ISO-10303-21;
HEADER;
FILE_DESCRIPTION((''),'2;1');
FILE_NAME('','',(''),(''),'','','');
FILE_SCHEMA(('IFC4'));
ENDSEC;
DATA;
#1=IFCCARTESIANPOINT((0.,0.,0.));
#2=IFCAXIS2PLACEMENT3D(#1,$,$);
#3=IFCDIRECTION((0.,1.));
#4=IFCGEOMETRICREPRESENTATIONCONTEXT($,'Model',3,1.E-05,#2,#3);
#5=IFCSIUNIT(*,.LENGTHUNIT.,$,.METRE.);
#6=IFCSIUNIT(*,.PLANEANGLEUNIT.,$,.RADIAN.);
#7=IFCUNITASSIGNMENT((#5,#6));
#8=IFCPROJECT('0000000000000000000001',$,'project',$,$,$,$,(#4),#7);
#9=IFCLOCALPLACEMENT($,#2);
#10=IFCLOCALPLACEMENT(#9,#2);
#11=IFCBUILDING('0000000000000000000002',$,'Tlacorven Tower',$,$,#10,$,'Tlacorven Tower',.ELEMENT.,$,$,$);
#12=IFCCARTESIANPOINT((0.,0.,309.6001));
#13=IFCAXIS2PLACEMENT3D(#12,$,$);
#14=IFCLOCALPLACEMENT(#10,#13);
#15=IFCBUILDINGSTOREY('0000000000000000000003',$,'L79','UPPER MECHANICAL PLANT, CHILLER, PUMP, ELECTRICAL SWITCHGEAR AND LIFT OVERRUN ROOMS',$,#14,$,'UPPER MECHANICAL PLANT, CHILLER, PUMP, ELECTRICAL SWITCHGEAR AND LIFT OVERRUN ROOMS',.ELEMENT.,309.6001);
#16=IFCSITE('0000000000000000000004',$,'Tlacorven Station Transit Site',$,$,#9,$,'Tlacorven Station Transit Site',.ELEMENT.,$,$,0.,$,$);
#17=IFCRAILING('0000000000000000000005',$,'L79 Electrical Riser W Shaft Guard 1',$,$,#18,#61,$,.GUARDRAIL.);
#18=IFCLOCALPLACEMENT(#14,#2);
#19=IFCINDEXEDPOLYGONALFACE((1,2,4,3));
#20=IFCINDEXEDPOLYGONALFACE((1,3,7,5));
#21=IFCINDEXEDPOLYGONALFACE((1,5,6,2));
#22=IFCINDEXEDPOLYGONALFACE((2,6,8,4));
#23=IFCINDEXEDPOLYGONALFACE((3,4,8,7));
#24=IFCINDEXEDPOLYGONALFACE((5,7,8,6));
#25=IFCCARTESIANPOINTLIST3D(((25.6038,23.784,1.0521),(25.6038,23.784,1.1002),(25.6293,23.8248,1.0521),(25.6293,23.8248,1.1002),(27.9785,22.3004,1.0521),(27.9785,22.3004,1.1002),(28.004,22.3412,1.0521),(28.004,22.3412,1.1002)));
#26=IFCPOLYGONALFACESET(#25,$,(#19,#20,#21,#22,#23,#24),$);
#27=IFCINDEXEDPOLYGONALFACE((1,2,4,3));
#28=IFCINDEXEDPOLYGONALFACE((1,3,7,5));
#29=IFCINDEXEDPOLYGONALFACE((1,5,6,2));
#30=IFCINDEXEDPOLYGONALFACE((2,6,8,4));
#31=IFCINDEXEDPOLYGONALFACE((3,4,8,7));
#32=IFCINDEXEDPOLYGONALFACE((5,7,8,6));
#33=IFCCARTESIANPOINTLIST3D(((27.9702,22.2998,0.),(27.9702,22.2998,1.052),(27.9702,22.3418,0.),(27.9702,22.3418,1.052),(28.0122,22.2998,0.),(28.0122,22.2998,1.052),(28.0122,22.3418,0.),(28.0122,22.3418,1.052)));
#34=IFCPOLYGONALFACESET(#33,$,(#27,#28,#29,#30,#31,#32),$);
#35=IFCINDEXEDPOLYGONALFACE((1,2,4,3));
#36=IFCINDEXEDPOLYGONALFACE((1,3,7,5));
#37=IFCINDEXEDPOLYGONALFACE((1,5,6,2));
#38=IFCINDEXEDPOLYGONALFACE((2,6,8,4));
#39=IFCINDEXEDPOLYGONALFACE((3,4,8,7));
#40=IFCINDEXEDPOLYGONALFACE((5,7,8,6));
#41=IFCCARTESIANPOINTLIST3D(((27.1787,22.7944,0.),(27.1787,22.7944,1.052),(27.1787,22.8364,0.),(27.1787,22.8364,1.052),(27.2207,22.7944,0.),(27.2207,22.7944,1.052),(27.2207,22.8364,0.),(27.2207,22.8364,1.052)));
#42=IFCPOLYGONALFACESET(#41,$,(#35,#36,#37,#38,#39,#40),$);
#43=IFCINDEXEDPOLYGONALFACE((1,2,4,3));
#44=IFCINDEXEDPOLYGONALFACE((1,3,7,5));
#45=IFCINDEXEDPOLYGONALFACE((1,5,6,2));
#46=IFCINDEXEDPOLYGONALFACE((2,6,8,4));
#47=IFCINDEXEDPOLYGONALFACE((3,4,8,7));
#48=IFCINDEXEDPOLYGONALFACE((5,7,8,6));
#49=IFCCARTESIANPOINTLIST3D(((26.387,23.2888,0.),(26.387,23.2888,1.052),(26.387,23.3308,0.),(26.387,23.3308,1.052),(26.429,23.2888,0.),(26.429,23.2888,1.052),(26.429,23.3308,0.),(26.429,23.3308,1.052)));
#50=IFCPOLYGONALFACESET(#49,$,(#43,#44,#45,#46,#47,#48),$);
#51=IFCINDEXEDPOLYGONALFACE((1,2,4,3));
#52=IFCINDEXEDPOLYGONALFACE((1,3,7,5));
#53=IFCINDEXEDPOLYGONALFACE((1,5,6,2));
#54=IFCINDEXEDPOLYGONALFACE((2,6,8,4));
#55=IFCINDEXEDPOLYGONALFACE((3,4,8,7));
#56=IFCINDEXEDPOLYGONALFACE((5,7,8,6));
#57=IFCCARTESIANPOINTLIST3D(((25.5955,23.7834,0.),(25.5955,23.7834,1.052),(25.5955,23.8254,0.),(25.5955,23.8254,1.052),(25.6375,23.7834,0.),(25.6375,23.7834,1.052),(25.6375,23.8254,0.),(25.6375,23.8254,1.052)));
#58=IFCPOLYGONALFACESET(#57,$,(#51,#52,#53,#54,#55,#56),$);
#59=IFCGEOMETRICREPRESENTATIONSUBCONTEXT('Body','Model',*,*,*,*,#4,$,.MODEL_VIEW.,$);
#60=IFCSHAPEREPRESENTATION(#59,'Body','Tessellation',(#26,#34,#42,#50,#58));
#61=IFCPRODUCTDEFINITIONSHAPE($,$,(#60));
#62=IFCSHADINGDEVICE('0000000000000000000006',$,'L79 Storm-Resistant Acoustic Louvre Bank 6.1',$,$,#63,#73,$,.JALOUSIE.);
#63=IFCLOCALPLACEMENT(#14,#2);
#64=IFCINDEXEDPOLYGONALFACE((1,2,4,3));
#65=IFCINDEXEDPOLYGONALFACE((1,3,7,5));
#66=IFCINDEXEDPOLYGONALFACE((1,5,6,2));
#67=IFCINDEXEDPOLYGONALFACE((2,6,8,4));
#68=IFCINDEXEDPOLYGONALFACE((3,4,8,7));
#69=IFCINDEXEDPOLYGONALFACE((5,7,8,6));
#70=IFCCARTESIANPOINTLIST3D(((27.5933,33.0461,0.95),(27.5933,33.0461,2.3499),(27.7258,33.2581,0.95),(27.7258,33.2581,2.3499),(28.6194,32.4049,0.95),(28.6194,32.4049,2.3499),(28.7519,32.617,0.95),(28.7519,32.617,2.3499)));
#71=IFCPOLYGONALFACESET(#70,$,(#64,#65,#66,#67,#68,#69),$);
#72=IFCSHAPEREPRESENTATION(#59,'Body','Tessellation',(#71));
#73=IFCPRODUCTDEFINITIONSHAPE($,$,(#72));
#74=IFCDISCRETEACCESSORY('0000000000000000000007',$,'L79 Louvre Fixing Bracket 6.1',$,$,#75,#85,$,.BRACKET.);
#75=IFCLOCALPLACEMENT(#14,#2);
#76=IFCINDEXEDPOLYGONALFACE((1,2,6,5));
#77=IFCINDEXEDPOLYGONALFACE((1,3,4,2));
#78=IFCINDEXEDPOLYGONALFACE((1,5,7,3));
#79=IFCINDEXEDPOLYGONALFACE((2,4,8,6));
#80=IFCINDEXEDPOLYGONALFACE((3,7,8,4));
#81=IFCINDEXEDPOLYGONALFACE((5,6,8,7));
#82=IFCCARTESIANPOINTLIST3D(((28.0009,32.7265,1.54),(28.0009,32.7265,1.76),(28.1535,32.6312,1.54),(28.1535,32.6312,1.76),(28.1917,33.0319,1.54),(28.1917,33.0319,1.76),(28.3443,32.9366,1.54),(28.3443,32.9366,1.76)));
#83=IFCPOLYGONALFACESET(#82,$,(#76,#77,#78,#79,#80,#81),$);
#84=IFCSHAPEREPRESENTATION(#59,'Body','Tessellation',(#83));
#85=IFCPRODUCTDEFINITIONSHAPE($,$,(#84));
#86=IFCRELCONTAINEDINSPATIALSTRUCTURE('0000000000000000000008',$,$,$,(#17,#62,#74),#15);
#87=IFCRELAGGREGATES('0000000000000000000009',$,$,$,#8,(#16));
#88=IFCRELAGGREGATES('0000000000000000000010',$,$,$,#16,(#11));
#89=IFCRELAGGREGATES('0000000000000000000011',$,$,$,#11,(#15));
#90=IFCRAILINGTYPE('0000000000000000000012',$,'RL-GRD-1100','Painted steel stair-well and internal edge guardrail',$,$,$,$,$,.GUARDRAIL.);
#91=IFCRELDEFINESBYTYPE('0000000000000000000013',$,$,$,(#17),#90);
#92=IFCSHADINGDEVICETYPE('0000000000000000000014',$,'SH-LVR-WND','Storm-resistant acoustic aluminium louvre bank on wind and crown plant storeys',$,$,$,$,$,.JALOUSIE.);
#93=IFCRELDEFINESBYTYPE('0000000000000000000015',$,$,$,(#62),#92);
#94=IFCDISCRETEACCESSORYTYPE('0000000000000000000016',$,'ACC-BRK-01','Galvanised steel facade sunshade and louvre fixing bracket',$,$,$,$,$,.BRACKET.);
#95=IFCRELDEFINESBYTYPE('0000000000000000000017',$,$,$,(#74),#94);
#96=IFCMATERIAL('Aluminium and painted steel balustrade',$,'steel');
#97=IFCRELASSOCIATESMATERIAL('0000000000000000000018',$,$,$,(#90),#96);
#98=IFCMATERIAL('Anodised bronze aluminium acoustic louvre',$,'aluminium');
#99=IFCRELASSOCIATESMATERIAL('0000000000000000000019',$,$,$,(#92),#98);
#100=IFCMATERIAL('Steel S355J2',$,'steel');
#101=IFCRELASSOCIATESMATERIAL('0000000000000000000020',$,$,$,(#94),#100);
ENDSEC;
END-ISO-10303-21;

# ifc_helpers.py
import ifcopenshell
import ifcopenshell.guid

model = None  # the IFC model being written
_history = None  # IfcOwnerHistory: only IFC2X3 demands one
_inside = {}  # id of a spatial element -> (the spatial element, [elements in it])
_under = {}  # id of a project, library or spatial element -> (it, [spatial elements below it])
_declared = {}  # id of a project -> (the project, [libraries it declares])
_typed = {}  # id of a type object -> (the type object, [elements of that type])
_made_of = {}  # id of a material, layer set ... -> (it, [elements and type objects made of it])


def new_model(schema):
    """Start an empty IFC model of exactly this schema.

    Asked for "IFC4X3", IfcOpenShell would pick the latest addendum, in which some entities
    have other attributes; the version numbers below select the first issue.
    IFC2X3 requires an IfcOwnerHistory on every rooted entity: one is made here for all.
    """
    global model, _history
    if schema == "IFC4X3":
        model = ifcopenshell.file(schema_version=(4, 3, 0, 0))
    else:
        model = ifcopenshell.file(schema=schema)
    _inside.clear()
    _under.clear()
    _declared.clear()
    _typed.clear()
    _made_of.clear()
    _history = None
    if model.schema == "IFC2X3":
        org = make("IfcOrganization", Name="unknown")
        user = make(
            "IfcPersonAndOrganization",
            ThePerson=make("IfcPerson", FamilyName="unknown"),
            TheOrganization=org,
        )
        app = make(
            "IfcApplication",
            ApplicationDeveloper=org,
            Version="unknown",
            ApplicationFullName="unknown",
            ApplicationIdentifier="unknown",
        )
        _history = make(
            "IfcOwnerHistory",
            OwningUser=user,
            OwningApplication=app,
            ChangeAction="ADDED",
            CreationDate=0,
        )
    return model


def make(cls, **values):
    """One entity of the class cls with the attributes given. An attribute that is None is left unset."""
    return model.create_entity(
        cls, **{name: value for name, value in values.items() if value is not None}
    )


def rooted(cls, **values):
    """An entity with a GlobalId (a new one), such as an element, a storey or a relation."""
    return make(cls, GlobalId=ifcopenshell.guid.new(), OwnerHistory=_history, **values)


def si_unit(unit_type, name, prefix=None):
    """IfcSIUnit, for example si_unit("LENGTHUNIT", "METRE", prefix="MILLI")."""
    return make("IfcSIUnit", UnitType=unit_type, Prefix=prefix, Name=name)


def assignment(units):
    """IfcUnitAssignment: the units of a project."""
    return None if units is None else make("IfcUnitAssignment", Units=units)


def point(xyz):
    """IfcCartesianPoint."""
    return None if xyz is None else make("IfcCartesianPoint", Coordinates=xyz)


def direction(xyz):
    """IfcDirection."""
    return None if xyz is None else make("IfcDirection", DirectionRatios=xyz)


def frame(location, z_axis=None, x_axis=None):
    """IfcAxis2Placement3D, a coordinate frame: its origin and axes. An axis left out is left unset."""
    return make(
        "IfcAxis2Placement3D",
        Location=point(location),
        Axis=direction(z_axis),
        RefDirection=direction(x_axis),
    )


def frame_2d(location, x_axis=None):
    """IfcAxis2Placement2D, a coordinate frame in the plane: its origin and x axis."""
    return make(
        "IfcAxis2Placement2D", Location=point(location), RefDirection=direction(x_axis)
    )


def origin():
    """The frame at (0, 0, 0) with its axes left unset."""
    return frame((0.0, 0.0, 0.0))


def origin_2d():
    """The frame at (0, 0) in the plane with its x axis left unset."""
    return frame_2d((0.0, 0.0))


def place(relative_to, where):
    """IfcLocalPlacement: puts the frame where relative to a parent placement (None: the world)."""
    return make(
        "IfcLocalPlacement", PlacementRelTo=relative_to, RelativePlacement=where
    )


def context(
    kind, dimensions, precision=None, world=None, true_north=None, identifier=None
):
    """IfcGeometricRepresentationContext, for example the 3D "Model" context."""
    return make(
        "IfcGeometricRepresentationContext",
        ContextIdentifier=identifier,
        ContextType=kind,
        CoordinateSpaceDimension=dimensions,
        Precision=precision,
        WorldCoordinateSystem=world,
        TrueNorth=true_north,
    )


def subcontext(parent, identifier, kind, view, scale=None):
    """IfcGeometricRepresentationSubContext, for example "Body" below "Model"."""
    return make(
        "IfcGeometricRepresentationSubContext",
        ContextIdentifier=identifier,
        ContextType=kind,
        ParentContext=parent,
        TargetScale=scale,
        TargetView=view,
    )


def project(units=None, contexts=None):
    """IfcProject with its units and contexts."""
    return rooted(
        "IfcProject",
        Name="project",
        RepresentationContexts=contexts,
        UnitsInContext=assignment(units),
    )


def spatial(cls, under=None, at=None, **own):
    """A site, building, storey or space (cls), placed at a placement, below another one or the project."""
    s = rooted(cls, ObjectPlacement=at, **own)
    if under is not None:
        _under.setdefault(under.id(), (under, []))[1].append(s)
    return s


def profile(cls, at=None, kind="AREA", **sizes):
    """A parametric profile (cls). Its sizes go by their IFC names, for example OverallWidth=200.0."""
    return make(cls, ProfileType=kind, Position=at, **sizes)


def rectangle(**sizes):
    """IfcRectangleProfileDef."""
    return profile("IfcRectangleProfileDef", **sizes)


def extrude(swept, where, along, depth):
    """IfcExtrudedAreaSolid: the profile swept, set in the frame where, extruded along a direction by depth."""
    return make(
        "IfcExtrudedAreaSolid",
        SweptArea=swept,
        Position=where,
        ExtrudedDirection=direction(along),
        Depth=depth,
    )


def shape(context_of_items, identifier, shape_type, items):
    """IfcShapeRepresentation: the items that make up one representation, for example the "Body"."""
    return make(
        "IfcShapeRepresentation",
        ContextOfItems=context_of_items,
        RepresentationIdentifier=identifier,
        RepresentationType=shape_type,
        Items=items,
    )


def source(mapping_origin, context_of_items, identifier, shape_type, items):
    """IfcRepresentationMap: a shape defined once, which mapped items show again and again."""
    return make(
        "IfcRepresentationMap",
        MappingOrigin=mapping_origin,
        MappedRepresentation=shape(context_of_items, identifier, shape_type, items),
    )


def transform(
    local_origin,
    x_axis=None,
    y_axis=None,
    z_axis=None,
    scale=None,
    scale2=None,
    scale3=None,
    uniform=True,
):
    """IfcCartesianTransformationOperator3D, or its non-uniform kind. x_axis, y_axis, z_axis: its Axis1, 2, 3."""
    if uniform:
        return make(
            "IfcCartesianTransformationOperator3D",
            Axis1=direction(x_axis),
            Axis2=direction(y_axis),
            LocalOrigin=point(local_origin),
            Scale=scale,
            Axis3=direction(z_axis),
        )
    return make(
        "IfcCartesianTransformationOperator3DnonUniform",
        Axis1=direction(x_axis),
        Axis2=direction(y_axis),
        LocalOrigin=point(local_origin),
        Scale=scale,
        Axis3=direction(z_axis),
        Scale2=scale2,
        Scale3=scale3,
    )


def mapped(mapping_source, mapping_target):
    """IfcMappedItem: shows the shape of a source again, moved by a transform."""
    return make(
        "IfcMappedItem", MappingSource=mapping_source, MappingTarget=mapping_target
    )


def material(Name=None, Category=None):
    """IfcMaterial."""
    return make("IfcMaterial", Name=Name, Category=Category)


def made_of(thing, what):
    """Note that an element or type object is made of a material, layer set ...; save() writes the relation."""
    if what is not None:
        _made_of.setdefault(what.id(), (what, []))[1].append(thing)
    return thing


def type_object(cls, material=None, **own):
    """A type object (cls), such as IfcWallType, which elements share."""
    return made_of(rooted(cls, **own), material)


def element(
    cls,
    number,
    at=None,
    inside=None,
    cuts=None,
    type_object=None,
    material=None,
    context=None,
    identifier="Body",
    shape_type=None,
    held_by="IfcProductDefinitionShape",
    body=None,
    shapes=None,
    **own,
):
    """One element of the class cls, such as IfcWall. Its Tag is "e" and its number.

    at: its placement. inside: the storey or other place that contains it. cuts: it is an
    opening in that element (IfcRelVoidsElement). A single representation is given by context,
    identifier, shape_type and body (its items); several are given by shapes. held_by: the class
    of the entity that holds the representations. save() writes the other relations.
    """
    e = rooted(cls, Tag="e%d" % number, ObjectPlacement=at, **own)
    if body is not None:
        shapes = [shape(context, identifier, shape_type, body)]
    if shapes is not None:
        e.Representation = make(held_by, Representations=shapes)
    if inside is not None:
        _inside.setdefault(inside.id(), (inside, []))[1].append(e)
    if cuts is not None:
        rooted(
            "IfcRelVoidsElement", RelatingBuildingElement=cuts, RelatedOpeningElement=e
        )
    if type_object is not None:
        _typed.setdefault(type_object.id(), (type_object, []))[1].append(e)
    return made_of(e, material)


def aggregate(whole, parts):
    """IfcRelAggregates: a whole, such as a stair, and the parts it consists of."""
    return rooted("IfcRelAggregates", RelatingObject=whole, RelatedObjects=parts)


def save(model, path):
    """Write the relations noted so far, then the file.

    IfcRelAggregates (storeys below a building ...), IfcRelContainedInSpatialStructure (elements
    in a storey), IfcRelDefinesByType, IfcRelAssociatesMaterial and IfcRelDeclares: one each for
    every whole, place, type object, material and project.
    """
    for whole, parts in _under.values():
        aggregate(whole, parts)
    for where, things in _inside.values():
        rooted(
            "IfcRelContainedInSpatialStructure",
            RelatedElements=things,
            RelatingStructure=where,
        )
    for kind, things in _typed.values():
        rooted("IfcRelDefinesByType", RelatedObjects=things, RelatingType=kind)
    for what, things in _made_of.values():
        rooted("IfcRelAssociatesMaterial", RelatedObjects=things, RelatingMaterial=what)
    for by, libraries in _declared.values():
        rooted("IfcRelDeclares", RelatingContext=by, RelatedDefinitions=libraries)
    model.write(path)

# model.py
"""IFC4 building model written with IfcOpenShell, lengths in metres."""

from ifc_helpers import new_model, si_unit, direction, frame, origin, origin_2d, place, context, subcontext, project, spatial, rectangle, extrude, source, transform, mapped, material, type_object, element, save


model = new_model("IFC4")

# Units and contexts
model_context = context("Model", 3, precision=1e-05, world=origin(), true_north=direction((0.0, 1.0)))
body_context = subcontext(model_context, "Body", "Model", "MODEL_VIEW")
ifc_project = project(units=[si_unit("LENGTHUNIT", "METRE"), si_unit("PLANEANGLEUNIT", "RADIAN")], contexts=[model_context])

# Site, building, storey
site_placement = place(None, origin())
site = spatial("IfcSite", under=ifc_project, at=site_placement, Name="Tlacorven Station Transit Site", LongName="Tlacorven Station Transit Site", CompositionType="ELEMENT", RefElevation=0.0)
building_placement = place(site_placement, origin())
building = spatial("IfcBuilding", under=site, at=building_placement, Name="Tlacorven Tower", LongName="Tlacorven Tower", CompositionType="ELEMENT")
storey_placement = place(building_placement, frame((0.0, 0.0, 309.6001)))
storey = spatial("IfcBuildingStorey", under=building, at=storey_placement, Name="L79", Description="UPPER MECHANICAL PLANT, CHILLER, PUMP, ELECTRICAL SWITCHGEAR AND LIFT OVERRUN ROOMS", LongName="UPPER MECHANICAL PLANT, CHILLER, PUMP, ELECTRICAL SWITCHGEAR AND LIFT OVERRUN ROOMS", CompositionType="ELEMENT", Elevation=309.6001)

# Shared definitions
ifc_material_1 = material(Name="Steel S355J2", Category="steel")

# Railing
ifc_material_2 = material(Name="Aluminium and painted steel balustrade", Category="steel")
railing_type = type_object("IfcRailingType", Name="RL-GRD-1100", Description="Painted steel stair-well and internal edge guardrail", PredefinedType="GUARDRAIL", material=ifc_material_2)
shared_shape_1 = source(origin(), body_context, "Body", "SweptSolid", [
    extrude(rectangle(XDim=0.0481, YDim=0.0481, at=origin_2d()), frame((0.0, 0.0, 1.0762), z_axis=(-0.848091, 0.52985, 0.0), x_axis=(-0.52985, -0.848091, 0.0)), (0.0, 0.0, 1.0), 2.8),
    extrude(rectangle(XDim=0.042, YDim=0.042, at=origin_2d()), origin(), (0.0, 0.0, 1.0), 1.052),
    extrude(rectangle(XDim=0.042, YDim=0.042, at=origin_2d()), frame((-0.7915, 0.4946, 0.0)), (0.0, 0.0, 1.0), 1.052),
    extrude(rectangle(XDim=0.042, YDim=0.042, at=origin_2d()), frame((-1.5833, 0.989, 0.0)), (0.0, 0.0, 1.0), 1.052),
    extrude(rectangle(XDim=0.042, YDim=0.042, at=origin_2d()), frame((-2.3748, 1.4836, 0.0)), (0.0, 0.0, 1.0), 1.052),
])
railing_placement = place(storey_placement, frame((27.9912, 22.3208, 0.0)))
element("IfcRailing", 1, at=railing_placement, inside=storey, type_object=railing_type, Name="L79 Electrical Riser W Shaft Guard 1", PredefinedType="GUARDRAIL", context=body_context, shape_type="MappedRepresentation", body=[
    mapped(shared_shape_1, transform((0.0, 0.0, 0.0), scale=1.0)),
])

# Shading device
ifc_material_3 = material(Name="Anodised bronze aluminium acoustic louvre", Category="aluminium")
shading_device_type = type_object("IfcShadingDeviceType", Name="SH-LVR-WND", Description="Storm-resistant acoustic aluminium louvre bank on wind and crown plant storeys", PredefinedType="JALOUSIE", material=ifc_material_3)
shared_shape_2 = source(origin(), body_context, "Body", "SweptSolid", [
    extrude(rectangle(XDim=1.21, YDim=0.25, at=origin_2d()), origin(), (0.0, 0.0, 1.0), 1.3999),
])
shading_device_placement = place(storey_placement, frame((28.1726, 32.8315, 0.95), z_axis=(0.0, 0.0, 1.0), x_axis=(0.848048, -0.529919, 0.0)))
element("IfcShadingDevice", 2, at=shading_device_placement, inside=storey, type_object=shading_device_type, Name="L79 Storm-Resistant Acoustic Louvre Bank 6.1", PredefinedType="JALOUSIE", context=body_context, shape_type="MappedRepresentation", body=[
    mapped(shared_shape_2, transform((0.0, 0.0, 0.0), scale=1.0)),
])

# Discrete accessory
discrete_accessory_type = type_object("IfcDiscreteAccessoryType", Name="ACC-BRK-01", Description="Galvanised steel facade sunshade and louvre fixing bracket", PredefinedType="BRACKET", material=ifc_material_1)
shared_shape_3 = source(origin(), body_context, "Body", "SweptSolid", [
    extrude(rectangle(XDim=0.1799, YDim=0.3601, at=origin_2d()), origin(), (0.0, 0.0, 1.0), 0.22),
])
discrete_accessory_placement = place(storey_placement, frame((28.1726, 32.8315, 1.54), z_axis=(0.0, 0.0, 1.0), x_axis=(0.848048, -0.529919, 0.0)))
element("IfcDiscreteAccessory", 3, at=discrete_accessory_placement, inside=storey, type_object=discrete_accessory_type, Name="L79 Louvre Fixing Bracket 6.1", PredefinedType="BRACKET", context=body_context, shape_type="MappedRepresentation", body=[
    mapped(shared_shape_3, transform((0.0, 0.0, 0.0), scale=1.0)),
])

save(model, "model.ifc")
